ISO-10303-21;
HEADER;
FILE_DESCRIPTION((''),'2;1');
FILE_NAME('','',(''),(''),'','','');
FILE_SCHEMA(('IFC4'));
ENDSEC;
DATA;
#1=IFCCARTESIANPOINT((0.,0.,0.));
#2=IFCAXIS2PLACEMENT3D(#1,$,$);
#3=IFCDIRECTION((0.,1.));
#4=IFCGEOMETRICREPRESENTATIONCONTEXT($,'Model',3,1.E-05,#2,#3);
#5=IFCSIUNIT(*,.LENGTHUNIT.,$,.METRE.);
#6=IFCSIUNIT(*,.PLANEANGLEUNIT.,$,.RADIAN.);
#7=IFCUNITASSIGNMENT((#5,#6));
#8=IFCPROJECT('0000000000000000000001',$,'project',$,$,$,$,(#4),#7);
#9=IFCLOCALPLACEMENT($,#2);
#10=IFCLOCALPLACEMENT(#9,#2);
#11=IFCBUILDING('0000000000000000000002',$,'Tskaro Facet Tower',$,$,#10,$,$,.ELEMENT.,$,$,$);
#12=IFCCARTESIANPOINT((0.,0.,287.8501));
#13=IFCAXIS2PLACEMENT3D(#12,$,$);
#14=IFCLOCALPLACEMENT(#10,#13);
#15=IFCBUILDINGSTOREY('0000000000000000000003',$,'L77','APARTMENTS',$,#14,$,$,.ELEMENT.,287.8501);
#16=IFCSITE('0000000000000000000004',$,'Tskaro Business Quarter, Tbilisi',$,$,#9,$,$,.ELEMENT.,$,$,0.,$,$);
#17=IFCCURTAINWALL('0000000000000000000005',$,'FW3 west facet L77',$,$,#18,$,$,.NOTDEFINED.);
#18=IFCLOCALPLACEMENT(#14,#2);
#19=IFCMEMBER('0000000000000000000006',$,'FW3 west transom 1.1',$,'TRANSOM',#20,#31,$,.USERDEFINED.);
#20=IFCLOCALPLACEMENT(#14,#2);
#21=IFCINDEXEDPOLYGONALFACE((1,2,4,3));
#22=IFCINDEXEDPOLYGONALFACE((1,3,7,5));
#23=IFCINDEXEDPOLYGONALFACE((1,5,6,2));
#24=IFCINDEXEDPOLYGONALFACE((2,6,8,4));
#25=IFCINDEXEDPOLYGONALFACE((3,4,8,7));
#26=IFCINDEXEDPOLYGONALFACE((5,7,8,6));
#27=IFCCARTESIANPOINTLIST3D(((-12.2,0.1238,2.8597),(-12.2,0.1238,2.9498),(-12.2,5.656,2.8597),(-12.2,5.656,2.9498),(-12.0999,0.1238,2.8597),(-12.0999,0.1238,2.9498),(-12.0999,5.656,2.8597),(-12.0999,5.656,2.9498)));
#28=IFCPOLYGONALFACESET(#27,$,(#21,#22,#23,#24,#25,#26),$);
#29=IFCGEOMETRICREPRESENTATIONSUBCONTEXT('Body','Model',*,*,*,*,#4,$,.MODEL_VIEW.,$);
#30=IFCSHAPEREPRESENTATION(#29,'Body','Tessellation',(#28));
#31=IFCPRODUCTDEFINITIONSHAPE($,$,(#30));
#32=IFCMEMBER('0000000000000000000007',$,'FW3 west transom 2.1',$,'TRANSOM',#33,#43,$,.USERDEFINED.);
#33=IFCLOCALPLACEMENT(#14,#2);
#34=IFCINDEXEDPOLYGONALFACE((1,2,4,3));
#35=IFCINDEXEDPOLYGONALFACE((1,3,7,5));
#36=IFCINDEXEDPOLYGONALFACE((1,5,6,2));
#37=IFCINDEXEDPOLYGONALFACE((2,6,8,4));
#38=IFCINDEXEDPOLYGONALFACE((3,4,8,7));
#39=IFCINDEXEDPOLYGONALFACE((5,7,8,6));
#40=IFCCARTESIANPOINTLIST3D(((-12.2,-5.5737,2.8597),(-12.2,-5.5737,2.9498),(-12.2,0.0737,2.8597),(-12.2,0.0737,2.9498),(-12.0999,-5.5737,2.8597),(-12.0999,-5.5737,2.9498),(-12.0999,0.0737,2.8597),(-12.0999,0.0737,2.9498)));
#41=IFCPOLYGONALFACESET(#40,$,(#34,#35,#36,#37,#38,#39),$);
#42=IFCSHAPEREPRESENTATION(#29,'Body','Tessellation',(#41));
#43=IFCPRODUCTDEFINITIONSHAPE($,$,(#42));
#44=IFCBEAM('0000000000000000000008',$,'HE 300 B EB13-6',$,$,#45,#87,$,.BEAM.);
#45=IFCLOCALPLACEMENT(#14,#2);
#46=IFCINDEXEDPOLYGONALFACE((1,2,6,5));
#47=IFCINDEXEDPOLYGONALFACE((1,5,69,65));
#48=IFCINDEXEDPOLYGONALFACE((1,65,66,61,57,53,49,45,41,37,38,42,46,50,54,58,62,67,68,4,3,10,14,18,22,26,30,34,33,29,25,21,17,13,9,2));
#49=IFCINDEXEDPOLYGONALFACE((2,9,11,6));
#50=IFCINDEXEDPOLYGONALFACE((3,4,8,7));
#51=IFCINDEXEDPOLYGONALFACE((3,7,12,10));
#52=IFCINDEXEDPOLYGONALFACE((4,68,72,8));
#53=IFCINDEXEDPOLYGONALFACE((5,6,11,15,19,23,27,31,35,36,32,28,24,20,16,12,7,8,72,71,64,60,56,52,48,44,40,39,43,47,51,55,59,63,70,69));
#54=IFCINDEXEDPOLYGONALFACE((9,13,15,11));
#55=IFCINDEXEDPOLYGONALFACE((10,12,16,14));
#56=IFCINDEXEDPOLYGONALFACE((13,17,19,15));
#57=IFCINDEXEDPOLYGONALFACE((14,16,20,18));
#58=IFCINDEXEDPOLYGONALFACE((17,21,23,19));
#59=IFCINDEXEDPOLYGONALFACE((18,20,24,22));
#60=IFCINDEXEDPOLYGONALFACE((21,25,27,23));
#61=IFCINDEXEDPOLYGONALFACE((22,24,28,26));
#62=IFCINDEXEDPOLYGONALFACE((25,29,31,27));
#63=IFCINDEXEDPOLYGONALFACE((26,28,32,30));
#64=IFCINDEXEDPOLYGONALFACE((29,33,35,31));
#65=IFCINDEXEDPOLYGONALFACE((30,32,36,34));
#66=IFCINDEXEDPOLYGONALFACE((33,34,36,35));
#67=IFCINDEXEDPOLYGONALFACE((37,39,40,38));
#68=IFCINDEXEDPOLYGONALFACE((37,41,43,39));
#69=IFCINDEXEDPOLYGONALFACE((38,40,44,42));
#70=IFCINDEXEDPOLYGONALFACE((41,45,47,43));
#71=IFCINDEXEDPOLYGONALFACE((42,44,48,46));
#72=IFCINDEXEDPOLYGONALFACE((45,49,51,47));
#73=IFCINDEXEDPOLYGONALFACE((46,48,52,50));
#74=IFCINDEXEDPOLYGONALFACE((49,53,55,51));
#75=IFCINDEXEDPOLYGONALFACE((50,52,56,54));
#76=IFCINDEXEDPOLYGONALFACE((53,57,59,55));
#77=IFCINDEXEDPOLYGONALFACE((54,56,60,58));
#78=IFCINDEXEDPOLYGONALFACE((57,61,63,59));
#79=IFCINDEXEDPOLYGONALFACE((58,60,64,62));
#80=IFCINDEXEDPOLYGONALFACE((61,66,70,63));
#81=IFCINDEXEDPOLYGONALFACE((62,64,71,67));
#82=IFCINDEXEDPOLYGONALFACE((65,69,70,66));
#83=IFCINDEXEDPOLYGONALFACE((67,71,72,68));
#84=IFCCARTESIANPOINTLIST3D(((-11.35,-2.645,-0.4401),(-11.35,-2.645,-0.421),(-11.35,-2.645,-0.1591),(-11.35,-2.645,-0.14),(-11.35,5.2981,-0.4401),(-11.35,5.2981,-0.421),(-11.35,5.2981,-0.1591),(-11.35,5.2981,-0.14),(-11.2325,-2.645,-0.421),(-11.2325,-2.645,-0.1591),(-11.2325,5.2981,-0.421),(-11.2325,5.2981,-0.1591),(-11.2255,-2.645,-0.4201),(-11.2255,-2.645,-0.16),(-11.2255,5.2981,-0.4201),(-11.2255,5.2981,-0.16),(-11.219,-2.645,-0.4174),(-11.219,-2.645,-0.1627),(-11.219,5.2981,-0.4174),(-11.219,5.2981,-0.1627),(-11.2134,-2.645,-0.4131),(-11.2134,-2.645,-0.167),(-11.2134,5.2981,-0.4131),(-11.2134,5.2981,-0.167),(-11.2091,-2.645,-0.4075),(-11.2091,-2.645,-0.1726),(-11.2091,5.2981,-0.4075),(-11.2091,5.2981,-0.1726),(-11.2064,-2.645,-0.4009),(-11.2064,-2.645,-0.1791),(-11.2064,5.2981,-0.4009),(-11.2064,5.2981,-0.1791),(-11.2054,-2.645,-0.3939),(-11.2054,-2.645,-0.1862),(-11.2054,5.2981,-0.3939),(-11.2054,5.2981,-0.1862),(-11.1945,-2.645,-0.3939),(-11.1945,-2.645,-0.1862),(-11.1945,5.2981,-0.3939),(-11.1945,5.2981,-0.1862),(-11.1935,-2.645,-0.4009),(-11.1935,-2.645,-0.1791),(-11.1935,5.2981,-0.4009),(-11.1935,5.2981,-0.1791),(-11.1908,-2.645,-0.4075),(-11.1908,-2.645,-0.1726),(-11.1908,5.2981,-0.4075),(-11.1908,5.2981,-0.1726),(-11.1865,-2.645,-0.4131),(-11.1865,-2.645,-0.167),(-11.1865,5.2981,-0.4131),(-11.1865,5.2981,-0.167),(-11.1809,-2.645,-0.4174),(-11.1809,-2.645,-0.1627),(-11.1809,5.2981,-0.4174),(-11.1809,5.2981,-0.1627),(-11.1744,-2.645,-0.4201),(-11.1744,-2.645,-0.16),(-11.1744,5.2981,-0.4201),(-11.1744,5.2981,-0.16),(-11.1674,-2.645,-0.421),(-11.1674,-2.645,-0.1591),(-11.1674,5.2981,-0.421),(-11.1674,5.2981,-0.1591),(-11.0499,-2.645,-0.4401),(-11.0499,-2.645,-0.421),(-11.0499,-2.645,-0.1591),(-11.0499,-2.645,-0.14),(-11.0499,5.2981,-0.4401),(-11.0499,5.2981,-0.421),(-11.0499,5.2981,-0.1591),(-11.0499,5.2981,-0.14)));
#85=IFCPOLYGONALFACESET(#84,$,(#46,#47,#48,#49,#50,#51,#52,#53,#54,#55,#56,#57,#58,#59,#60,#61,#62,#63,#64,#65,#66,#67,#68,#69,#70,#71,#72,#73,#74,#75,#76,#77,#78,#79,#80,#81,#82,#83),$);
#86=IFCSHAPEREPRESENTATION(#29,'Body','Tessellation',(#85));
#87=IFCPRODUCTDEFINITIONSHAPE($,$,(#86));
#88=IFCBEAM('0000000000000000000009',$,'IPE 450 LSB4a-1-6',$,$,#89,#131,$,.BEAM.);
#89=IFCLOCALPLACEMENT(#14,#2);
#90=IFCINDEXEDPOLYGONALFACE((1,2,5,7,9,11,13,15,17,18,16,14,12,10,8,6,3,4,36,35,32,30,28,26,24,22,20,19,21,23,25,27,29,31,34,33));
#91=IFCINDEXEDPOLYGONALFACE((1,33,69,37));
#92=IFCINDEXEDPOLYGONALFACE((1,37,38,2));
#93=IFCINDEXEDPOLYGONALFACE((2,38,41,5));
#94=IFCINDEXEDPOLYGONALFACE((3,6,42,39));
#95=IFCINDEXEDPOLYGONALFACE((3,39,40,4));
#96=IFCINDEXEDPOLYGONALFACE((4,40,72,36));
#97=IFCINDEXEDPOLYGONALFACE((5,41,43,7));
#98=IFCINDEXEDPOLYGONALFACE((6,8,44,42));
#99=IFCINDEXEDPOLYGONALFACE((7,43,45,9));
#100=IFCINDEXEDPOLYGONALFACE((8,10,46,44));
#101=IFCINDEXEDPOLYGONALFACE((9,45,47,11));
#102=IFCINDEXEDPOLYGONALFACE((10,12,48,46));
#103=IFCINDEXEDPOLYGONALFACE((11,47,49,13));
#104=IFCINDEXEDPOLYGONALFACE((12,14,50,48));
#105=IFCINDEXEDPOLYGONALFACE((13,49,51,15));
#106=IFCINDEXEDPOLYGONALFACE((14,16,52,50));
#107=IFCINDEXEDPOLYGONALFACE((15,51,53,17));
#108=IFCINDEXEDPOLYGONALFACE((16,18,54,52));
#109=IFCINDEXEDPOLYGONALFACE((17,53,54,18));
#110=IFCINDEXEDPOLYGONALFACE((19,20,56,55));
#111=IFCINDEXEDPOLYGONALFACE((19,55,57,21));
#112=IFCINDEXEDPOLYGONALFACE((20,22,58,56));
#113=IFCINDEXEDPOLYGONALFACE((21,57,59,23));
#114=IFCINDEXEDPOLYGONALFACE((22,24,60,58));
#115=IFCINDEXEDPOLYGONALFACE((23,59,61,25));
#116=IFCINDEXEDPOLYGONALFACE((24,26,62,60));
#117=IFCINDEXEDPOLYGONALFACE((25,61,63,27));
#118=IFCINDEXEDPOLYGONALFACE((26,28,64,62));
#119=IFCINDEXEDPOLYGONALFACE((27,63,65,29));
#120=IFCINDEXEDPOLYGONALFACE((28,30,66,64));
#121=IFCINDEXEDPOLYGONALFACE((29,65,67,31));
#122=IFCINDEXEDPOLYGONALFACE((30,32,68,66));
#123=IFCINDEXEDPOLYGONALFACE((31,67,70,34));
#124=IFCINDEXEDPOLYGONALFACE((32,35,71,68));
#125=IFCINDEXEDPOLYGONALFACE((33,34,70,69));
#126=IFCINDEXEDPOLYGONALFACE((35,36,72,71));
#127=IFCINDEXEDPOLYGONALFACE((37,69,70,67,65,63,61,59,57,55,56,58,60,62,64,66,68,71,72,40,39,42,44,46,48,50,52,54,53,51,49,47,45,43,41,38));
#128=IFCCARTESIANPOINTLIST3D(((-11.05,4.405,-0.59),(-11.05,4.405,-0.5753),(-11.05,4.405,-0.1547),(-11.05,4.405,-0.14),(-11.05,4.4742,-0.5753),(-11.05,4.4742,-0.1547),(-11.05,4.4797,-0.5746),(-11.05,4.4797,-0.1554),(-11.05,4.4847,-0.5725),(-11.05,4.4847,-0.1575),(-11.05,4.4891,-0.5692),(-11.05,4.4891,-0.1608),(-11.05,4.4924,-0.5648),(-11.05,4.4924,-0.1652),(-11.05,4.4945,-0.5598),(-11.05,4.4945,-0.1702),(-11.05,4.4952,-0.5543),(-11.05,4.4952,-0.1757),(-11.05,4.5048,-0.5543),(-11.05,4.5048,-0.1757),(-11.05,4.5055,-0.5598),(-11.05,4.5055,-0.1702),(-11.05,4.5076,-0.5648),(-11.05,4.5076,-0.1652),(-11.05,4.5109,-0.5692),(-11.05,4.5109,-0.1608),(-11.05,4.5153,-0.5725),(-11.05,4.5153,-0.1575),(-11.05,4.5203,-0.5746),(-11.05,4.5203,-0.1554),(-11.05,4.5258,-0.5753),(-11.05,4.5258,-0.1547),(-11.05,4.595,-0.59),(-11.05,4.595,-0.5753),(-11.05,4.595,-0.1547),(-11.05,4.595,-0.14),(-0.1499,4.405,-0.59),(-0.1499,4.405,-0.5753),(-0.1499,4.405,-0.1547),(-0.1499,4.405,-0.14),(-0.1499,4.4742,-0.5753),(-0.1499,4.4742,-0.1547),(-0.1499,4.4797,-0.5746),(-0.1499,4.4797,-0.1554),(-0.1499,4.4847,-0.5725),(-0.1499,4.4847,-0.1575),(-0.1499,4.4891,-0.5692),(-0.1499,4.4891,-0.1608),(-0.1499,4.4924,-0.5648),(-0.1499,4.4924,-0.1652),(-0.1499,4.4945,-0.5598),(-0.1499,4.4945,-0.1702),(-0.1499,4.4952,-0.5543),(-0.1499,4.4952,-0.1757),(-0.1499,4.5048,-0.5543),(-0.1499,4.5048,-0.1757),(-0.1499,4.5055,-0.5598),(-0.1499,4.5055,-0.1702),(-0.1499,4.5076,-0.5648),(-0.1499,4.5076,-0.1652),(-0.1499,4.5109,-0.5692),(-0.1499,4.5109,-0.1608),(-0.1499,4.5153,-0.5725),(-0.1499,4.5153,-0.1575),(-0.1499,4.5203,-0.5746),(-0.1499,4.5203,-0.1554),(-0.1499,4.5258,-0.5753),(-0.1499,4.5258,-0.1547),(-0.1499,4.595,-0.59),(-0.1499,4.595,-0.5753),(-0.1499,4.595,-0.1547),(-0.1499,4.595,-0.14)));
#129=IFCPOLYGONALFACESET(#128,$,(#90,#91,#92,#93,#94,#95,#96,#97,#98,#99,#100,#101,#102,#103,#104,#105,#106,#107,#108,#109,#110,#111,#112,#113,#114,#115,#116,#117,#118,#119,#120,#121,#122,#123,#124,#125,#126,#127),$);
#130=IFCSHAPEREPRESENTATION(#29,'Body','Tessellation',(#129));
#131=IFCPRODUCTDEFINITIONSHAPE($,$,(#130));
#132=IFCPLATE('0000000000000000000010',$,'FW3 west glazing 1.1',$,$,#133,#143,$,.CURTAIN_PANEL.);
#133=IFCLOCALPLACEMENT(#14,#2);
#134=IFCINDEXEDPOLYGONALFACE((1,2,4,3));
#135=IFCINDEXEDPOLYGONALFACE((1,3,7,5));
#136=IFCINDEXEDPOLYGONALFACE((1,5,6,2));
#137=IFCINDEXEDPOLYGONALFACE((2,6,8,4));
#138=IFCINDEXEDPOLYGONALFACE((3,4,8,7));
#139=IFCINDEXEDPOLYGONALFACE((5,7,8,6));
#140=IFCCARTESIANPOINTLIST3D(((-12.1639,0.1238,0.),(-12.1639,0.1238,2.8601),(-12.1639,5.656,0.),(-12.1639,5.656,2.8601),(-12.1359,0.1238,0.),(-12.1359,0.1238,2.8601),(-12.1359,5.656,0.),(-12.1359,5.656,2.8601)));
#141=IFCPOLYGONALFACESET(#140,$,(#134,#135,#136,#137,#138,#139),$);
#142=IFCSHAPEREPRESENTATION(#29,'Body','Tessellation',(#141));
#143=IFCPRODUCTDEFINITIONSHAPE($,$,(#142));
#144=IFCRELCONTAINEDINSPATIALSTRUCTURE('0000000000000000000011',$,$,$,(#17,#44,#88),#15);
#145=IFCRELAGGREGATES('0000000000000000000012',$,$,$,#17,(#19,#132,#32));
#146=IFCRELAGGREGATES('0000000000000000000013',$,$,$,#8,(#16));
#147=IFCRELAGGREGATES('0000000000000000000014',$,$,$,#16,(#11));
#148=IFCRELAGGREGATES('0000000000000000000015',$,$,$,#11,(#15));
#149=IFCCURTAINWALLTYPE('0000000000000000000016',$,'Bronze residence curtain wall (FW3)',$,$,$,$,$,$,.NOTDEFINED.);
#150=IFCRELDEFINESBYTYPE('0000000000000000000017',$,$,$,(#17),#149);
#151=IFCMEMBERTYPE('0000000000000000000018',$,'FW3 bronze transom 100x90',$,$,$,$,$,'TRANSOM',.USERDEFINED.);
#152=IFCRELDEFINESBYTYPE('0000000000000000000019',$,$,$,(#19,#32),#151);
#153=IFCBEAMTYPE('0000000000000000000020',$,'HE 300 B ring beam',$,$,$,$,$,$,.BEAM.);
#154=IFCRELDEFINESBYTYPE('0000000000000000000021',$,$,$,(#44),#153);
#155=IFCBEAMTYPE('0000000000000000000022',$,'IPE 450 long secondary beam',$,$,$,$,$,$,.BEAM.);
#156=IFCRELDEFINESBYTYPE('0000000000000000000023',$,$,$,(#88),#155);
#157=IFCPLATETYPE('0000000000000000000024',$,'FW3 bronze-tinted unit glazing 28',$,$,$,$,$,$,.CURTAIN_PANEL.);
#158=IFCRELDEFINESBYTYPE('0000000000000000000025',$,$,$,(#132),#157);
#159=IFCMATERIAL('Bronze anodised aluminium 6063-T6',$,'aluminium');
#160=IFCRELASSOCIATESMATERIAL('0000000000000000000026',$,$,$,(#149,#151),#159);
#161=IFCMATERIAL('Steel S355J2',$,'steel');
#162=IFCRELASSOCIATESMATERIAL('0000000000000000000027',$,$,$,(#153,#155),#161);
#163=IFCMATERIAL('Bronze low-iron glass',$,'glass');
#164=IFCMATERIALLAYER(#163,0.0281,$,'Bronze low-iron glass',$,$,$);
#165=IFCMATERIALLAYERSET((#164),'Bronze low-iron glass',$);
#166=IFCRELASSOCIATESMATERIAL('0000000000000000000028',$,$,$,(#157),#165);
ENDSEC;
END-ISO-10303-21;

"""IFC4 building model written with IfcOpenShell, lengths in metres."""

from ifc_helpers import new_model, si_unit, direction, frame, origin, origin_2d, place, context, subcontext, project, spatial, rectangle, i_section, extrude, material, layer, layer_set, material_profile, profile_set, type_object, element, aggregate, save


model = new_model("IFC4")

# Units and contexts
model_context = context("Model", 3, precision=1e-05, world=origin(), true_north=direction((0.0, 1.0)))
body_context = subcontext(model_context, "Body", "Model", "MODEL_VIEW")
ifc_project = project(units=[si_unit("LENGTHUNIT", "METRE"), si_unit("PLANEANGLEUNIT", "RADIAN")], contexts=[model_context])

# Site, building, storey
site_placement = place(None, origin())
site = spatial("IfcSite", under=ifc_project, at=site_placement, Name="Tskaro Business Quarter, Tbilisi", CompositionType="ELEMENT", RefElevation=0.0)
building_placement = place(site_placement, origin())
building = spatial("IfcBuilding", under=site, at=building_placement, Name="Tskaro Facet Tower", CompositionType="ELEMENT")
storey_placement = place(building_placement, frame((0.0, 0.0, 287.8501)))
storey = spatial("IfcBuildingStorey", under=building, at=storey_placement, Name="L77", Description="APARTMENTS", CompositionType="ELEMENT", Elevation=287.8501)

# Curtain wall, members
ifc_material_1 = material(Name="Bronze anodised aluminium 6063-T6", Category="aluminium")
curtain_wall_type = type_object("IfcCurtainWallType", Name="Bronze residence curtain wall (FW3)", PredefinedType="NOTDEFINED", material=ifc_material_1)
curtain_wall_placement = place(storey_placement, origin())
curtain_wall = element("IfcCurtainWall", 1, at=curtain_wall_placement, inside=storey, type_object=curtain_wall_type, Name="FW3 west facet L77", PredefinedType="NOTDEFINED")
ifc_material_profile_1 = material_profile(ifc_material_1, rectangle(XDim=0.1001, YDim=0.0901, at=origin_2d()), Name="Transom 100x90")
ifc_profile_set_1 = profile_set([ifc_material_profile_1], Name="Bronze anodised aluminium 6063-T6")
member_type_1 = type_object("IfcMemberType", Name="FW3 bronze transom 100x90", ElementType="TRANSOM", PredefinedType="USERDEFINED", material=ifc_profile_set_1)
member_1_placement = place(storey_placement, frame((-12.1499, 5.656, 2.9048), z_axis=(0.0, -1.0, 0.0), x_axis=(1.0, 0.0, 0.0)))
member_1 = element("IfcMember", 2, at=member_1_placement, type_object=member_type_1, Name="FW3 west transom 1.1", ObjectType="TRANSOM", PredefinedType="USERDEFINED", context=body_context, shape_type="SweptSolid", body=[
    extrude(rectangle(XDim=0.1001, YDim=0.0901, at=origin_2d()), origin(), (0.0, 0.0, 1.0), 5.5322),
])
member_2_placement = place(storey_placement, frame((-12.1499, 0.0737, 2.9048), z_axis=(0.0, -1.0, 0.0), x_axis=(1.0, 0.0, 0.0)))
member_2 = element("IfcMember", 3, at=member_2_placement, type_object=member_type_1, Name="FW3 west transom 2.1", ObjectType="TRANSOM", PredefinedType="USERDEFINED", context=body_context, shape_type="SweptSolid", body=[
    extrude(rectangle(XDim=0.1001, YDim=0.0901, at=origin_2d()), origin(), (0.0, 0.0, 1.0), 5.6475),
])

# Beams
ifc_material_2 = material(Name="Steel S355J2", Category="steel")
ifc_material_profile_2 = material_profile(ifc_material_2, i_section(OverallWidth=0.3, OverallDepth=0.3, WebThickness=0.011, FlangeThickness=0.019, FilletRadius=0.0271, at=origin_2d()), Name="HE 300 B")
ifc_profile_set_2 = profile_set([ifc_material_profile_2], Name="Steel S355J2")
beam_type_1 = type_object("IfcBeamType", Name="HE 300 B ring beam", PredefinedType="BEAM", material=ifc_profile_set_2)
beam_1_placement = place(storey_placement, frame((-11.2, 5.2981, -0.29), z_axis=(0.0, -1.0, 0.0), x_axis=(1.0, 0.0, 0.0)))
element("IfcBeam", 4, at=beam_1_placement, inside=storey, type_object=beam_type_1, Name="HE 300 B EB13-6", PredefinedType="BEAM", context=body_context, shape_type="SweptSolid", body=[
    extrude(i_section(OverallWidth=0.3, OverallDepth=0.3, WebThickness=0.011, FlangeThickness=0.019, FilletRadius=0.0271, at=origin_2d()), origin(), (0.0, 0.0, 1.0), 7.9431),
])
ifc_material_profile_3 = material_profile(ifc_material_2, i_section(OverallWidth=0.1899, OverallDepth=0.45, WebThickness=0.0095, FlangeThickness=0.0146, FilletRadius=0.021, at=origin_2d()), Name="IPE 450")
ifc_profile_set_3 = profile_set([ifc_material_profile_3], Name="Steel S355J2")
beam_type_2 = type_object("IfcBeamType", Name="IPE 450 long secondary beam", PredefinedType="BEAM", material=ifc_profile_set_3)
beam_2_placement = place(storey_placement, frame((-11.05, 4.5, -0.365), z_axis=(1.0, 0.0, 0.0), x_axis=(0.0, 1.0, 0.0)))
element("IfcBeam", 5, at=beam_2_placement, inside=storey, type_object=beam_type_2, Name="IPE 450 LSB4a-1-6", PredefinedType="BEAM", context=body_context, shape_type="SweptSolid", body=[
    extrude(i_section(OverallWidth=0.1899, OverallDepth=0.45, WebThickness=0.0095, FlangeThickness=0.0146, FilletRadius=0.021, at=origin_2d()), origin(), (0.0, 0.0, 1.0), 10.9001),
])

# Plate
ifc_material_3 = material(Name="Bronze low-iron glass", Category="glass")
ifc_layer_1 = layer(ifc_material_3, 0.0281, Name="Bronze low-iron glass")
ifc_layer_set_1 = layer_set([ifc_layer_1], Name="Bronze low-iron glass")
plate_type = type_object("IfcPlateType", Name="FW3 bronze-tinted unit glazing 28", PredefinedType="CURTAIN_PANEL", material=ifc_layer_set_1)
plate_placement = place(storey_placement, frame((-12.1499, 2.8899, 0.0), z_axis=(0.0, 0.0, 1.0), x_axis=(0.0, -1.0, 0.0)))
plate = element("IfcPlate", 6, at=plate_placement, type_object=plate_type, Name="FW3 west glazing 1.1", PredefinedType="CURTAIN_PANEL", context=body_context, shape_type="SweptSolid", body=[
    extrude(rectangle(XDim=5.5322, YDim=0.0281, at=origin_2d()), origin(), (0.0, 0.0, 1.0), 2.8601),
])
aggregate(curtain_wall, [member_1, plate, member_2])

save(model, "model.ifc")
